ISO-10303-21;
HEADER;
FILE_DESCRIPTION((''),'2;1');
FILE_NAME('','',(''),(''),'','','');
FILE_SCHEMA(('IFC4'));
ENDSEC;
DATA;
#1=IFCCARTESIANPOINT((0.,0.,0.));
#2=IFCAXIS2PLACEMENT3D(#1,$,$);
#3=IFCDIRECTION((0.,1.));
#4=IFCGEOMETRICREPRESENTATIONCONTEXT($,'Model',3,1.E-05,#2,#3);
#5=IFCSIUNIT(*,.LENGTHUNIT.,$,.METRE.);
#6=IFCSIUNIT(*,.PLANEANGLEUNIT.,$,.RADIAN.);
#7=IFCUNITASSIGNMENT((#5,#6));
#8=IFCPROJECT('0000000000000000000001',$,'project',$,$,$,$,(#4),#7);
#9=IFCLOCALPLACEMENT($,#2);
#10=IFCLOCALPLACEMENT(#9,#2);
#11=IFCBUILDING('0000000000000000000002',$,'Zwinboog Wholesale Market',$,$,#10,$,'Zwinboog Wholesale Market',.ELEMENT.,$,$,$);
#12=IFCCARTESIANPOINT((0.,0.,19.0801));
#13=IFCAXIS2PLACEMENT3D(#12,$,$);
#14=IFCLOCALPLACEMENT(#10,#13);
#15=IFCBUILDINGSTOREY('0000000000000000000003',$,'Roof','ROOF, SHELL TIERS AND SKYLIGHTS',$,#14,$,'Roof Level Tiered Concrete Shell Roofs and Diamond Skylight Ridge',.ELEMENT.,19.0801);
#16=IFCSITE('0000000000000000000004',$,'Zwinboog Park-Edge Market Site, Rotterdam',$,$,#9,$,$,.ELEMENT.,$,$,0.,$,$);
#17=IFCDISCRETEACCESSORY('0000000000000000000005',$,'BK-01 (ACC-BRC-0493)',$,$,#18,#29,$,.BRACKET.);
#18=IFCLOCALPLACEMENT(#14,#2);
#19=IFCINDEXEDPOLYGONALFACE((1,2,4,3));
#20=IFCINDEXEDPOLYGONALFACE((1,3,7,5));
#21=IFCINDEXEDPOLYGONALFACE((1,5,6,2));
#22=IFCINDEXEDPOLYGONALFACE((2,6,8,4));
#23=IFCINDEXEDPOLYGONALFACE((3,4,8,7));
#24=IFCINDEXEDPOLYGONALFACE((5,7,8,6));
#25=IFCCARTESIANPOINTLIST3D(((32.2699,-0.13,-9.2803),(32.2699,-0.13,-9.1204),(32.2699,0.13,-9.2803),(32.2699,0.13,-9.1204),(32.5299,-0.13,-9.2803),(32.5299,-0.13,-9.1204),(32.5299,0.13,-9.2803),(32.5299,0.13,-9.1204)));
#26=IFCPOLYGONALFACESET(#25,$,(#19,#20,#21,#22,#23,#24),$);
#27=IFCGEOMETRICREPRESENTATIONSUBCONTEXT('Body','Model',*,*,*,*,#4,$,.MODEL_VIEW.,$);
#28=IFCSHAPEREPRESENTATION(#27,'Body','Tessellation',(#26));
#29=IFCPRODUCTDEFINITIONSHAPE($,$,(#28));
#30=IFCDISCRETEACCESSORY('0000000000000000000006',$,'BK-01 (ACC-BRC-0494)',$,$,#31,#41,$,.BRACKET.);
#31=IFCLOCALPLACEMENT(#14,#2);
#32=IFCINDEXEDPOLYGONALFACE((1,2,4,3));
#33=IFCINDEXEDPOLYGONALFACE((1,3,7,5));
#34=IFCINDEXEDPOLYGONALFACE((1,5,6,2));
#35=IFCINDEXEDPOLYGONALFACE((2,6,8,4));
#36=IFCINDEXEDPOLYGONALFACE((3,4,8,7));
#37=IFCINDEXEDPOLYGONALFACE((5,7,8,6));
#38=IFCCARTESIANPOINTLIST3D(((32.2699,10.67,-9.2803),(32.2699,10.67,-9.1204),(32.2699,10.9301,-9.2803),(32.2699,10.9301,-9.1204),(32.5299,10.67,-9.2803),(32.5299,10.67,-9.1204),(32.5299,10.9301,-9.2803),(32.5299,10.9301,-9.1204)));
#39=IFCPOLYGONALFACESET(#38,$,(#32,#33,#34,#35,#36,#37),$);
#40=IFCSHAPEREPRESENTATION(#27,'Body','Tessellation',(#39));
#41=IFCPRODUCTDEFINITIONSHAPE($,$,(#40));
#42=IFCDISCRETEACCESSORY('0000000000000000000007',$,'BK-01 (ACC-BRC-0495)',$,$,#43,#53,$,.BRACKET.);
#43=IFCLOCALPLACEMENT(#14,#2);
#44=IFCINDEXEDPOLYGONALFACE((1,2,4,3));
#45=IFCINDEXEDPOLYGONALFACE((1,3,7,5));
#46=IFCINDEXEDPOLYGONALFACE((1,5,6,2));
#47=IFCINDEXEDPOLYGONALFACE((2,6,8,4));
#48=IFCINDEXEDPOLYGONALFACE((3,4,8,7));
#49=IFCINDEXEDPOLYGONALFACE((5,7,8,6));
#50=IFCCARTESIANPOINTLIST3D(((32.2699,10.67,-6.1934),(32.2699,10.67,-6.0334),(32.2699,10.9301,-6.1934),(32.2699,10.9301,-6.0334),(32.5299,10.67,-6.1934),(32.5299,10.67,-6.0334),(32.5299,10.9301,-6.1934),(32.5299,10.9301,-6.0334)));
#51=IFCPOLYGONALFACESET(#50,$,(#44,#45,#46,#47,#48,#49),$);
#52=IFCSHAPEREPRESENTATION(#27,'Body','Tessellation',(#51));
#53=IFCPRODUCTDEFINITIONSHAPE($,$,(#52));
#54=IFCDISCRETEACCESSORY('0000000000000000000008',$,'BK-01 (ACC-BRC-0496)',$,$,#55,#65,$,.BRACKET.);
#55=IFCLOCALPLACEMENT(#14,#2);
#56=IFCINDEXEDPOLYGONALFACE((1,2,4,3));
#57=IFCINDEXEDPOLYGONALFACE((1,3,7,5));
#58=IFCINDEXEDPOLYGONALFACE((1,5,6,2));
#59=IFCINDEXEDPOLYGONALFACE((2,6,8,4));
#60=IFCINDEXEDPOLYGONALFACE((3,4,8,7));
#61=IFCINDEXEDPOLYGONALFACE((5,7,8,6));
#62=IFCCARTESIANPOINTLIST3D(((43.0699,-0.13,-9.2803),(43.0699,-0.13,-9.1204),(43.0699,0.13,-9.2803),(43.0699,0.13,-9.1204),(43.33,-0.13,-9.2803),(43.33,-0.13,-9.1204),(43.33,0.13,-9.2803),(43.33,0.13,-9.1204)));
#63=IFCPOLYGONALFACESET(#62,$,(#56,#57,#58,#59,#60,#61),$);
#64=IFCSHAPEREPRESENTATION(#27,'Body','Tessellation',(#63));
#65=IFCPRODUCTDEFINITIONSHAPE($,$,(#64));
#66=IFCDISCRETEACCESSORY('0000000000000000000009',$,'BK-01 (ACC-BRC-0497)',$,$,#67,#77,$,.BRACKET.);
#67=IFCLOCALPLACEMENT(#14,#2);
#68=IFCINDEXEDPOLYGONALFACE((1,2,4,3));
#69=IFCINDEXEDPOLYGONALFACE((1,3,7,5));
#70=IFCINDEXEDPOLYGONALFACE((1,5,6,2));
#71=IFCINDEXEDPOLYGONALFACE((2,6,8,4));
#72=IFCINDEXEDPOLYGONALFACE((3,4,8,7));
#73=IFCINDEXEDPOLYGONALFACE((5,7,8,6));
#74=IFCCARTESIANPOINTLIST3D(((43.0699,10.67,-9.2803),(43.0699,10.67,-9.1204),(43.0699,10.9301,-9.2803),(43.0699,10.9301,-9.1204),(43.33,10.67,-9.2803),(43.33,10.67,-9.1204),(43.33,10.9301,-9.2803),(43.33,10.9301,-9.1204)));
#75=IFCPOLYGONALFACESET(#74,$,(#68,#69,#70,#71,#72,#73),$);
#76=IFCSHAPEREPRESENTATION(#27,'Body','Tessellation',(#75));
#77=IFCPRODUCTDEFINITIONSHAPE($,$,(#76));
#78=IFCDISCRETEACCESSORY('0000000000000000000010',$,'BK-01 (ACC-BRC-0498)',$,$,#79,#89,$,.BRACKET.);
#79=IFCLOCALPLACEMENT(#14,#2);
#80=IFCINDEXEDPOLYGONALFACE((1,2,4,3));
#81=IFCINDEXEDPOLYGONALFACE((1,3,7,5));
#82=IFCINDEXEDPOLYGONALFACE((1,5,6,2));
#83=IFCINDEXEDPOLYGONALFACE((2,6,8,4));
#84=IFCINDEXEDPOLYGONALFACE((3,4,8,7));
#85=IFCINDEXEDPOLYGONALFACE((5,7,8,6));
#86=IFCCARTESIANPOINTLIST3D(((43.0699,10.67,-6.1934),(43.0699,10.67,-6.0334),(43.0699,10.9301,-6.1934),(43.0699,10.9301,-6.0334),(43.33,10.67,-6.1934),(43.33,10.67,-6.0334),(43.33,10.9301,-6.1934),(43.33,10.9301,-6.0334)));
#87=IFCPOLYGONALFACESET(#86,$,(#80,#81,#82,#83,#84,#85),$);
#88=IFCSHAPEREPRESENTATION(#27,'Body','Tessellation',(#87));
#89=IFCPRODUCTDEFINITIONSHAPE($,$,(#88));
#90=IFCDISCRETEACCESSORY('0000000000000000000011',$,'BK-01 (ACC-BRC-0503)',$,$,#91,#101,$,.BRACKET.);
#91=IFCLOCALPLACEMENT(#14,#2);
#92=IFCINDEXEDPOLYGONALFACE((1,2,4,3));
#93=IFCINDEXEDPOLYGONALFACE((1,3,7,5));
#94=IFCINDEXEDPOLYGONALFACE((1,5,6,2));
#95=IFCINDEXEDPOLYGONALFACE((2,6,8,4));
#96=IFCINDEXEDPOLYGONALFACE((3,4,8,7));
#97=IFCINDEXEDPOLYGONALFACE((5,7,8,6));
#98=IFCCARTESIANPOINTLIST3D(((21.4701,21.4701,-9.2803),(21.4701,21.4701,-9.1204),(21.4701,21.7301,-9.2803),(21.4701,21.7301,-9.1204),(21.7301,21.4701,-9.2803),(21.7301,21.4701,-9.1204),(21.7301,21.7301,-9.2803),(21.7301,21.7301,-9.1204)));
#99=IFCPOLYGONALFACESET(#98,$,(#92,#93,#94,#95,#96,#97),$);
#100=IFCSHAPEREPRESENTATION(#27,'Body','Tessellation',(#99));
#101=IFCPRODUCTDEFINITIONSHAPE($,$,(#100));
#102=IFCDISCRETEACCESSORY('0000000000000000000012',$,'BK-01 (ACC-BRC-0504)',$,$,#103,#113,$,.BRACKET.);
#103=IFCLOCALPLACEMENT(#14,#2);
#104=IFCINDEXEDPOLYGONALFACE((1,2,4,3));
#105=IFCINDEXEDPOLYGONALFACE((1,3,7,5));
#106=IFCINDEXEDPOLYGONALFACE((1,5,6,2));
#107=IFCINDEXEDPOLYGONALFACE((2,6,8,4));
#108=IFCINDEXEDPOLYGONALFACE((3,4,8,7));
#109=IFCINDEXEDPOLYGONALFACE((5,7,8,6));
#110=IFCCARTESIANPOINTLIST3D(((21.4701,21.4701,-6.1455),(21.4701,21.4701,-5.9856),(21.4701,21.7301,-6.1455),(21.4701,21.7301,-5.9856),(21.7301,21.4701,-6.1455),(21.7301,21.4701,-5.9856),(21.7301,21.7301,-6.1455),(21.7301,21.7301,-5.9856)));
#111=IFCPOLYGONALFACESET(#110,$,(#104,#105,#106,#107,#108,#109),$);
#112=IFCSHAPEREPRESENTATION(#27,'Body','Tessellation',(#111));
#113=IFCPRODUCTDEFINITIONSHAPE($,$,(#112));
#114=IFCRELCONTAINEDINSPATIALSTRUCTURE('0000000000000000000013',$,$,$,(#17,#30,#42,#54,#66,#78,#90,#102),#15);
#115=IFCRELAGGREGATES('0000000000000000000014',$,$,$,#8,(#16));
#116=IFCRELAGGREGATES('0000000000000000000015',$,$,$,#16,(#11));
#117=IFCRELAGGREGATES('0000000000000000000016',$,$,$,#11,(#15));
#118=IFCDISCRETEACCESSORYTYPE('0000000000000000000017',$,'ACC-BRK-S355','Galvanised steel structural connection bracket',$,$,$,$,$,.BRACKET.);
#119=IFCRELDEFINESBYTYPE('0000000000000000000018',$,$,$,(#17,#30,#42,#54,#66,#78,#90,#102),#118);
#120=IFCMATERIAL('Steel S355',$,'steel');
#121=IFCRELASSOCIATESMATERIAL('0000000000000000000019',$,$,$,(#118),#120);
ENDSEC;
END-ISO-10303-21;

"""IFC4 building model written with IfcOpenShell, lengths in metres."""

from ifc_helpers import new_model, si_unit, direction, frame, origin, origin_2d, place, context, subcontext, project, spatial, rectangle, extrude, material, type_object, element, save


model = new_model("IFC4")

# Units and contexts
model_context = context("Model", 3, precision=1e-05, world=origin(), true_north=direction((0.0, 1.0)))
body_context = subcontext(model_context, "Body", "Model", "MODEL_VIEW")
ifc_project = project(units=[si_unit("LENGTHUNIT", "METRE"), si_unit("PLANEANGLEUNIT", "RADIAN")], contexts=[model_context])

# Site, building, storey
site_placement = place(None, origin())
site = spatial("IfcSite", under=ifc_project, at=site_placement, Name="Zwinboog Park-Edge Market Site, Rotterdam", CompositionType="ELEMENT", RefElevation=0.0)
building_placement = place(site_placement, origin())
building = spatial("IfcBuilding", under=site, at=building_placement, Name="Zwinboog Wholesale Market", LongName="Zwinboog Wholesale Market", CompositionType="ELEMENT")
storey_placement = place(building_placement, frame((0.0, 0.0, 19.0801)))
storey = spatial("IfcBuildingStorey", under=building, at=storey_placement, Name="Roof", Description="ROOF, SHELL TIERS AND SKYLIGHTS", LongName="Roof Level Tiered Concrete Shell Roofs and Diamond Skylight Ridge", CompositionType="ELEMENT", Elevation=19.0801)

# Shared definitions
ifc_material_1 = material(Name="Steel S355", Category="steel")

# Discrete accessories
discrete_accessory_type = type_object("IfcDiscreteAccessoryType", Name="ACC-BRK-S355", Description="Galvanised steel structural connection bracket", PredefinedType="BRACKET", material=ifc_material_1)
for number, where, z_axis, x_axis, name in (
    (1, (32.3999, 0.0, -9.2803), (0.0, 0.0, 1.0), (1.0, 0.0, 0.0), "BK-01 (ACC-BRC-0493)"),
    (2, (32.3999, 10.8, -9.2803), (0.0, 0.0, 1.0), (1.0, 0.0, 0.0), "BK-01 (ACC-BRC-0494)"),
    (3, (32.3999, 10.8, -6.1934), (0.0, 0.0, 1.0), (1.0, 0.0, 0.0), "BK-01 (ACC-BRC-0495)"),
    (4, (43.2, 0.0, -9.2803), (0.0, 0.0, 1.0), (1.0, 0.0, 0.0), "BK-01 (ACC-BRC-0496)"),
    (5, (43.2, 10.8, -9.2803), (0.0, 0.0, 1.0), (1.0, 0.0, 0.0), "BK-01 (ACC-BRC-0497)"),
    (6, (43.2, 10.8, -6.1934), (0.0, 0.0, 1.0), (1.0, 0.0, 0.0), "BK-01 (ACC-BRC-0498)"),
    (7, (21.6001, 21.6001, -9.2803), (0.0, 0.0, 1.0), (1.0, 0.0, 0.0), "BK-01 (ACC-BRC-0503)"),
    (8, (21.6001, 21.6001, -6.1455), (0.0, 0.0, 1.0), (1.0, 0.0, 0.0), "BK-01 (ACC-BRC-0504)"),
):
    element("IfcDiscreteAccessory", number, at=place(storey_placement, frame(where, z_axis=z_axis, x_axis=x_axis)), inside=storey, type_object=discrete_accessory_type, Name=name, PredefinedType="BRACKET", context=body_context, shape_type="SweptSolid", body=[
        extrude(rectangle(XDim=0.26, YDim=0.26, at=origin_2d()), origin(), (0.0, 0.0, 1.0), 0.1599),
    ])

save(model, "model.ifc")
